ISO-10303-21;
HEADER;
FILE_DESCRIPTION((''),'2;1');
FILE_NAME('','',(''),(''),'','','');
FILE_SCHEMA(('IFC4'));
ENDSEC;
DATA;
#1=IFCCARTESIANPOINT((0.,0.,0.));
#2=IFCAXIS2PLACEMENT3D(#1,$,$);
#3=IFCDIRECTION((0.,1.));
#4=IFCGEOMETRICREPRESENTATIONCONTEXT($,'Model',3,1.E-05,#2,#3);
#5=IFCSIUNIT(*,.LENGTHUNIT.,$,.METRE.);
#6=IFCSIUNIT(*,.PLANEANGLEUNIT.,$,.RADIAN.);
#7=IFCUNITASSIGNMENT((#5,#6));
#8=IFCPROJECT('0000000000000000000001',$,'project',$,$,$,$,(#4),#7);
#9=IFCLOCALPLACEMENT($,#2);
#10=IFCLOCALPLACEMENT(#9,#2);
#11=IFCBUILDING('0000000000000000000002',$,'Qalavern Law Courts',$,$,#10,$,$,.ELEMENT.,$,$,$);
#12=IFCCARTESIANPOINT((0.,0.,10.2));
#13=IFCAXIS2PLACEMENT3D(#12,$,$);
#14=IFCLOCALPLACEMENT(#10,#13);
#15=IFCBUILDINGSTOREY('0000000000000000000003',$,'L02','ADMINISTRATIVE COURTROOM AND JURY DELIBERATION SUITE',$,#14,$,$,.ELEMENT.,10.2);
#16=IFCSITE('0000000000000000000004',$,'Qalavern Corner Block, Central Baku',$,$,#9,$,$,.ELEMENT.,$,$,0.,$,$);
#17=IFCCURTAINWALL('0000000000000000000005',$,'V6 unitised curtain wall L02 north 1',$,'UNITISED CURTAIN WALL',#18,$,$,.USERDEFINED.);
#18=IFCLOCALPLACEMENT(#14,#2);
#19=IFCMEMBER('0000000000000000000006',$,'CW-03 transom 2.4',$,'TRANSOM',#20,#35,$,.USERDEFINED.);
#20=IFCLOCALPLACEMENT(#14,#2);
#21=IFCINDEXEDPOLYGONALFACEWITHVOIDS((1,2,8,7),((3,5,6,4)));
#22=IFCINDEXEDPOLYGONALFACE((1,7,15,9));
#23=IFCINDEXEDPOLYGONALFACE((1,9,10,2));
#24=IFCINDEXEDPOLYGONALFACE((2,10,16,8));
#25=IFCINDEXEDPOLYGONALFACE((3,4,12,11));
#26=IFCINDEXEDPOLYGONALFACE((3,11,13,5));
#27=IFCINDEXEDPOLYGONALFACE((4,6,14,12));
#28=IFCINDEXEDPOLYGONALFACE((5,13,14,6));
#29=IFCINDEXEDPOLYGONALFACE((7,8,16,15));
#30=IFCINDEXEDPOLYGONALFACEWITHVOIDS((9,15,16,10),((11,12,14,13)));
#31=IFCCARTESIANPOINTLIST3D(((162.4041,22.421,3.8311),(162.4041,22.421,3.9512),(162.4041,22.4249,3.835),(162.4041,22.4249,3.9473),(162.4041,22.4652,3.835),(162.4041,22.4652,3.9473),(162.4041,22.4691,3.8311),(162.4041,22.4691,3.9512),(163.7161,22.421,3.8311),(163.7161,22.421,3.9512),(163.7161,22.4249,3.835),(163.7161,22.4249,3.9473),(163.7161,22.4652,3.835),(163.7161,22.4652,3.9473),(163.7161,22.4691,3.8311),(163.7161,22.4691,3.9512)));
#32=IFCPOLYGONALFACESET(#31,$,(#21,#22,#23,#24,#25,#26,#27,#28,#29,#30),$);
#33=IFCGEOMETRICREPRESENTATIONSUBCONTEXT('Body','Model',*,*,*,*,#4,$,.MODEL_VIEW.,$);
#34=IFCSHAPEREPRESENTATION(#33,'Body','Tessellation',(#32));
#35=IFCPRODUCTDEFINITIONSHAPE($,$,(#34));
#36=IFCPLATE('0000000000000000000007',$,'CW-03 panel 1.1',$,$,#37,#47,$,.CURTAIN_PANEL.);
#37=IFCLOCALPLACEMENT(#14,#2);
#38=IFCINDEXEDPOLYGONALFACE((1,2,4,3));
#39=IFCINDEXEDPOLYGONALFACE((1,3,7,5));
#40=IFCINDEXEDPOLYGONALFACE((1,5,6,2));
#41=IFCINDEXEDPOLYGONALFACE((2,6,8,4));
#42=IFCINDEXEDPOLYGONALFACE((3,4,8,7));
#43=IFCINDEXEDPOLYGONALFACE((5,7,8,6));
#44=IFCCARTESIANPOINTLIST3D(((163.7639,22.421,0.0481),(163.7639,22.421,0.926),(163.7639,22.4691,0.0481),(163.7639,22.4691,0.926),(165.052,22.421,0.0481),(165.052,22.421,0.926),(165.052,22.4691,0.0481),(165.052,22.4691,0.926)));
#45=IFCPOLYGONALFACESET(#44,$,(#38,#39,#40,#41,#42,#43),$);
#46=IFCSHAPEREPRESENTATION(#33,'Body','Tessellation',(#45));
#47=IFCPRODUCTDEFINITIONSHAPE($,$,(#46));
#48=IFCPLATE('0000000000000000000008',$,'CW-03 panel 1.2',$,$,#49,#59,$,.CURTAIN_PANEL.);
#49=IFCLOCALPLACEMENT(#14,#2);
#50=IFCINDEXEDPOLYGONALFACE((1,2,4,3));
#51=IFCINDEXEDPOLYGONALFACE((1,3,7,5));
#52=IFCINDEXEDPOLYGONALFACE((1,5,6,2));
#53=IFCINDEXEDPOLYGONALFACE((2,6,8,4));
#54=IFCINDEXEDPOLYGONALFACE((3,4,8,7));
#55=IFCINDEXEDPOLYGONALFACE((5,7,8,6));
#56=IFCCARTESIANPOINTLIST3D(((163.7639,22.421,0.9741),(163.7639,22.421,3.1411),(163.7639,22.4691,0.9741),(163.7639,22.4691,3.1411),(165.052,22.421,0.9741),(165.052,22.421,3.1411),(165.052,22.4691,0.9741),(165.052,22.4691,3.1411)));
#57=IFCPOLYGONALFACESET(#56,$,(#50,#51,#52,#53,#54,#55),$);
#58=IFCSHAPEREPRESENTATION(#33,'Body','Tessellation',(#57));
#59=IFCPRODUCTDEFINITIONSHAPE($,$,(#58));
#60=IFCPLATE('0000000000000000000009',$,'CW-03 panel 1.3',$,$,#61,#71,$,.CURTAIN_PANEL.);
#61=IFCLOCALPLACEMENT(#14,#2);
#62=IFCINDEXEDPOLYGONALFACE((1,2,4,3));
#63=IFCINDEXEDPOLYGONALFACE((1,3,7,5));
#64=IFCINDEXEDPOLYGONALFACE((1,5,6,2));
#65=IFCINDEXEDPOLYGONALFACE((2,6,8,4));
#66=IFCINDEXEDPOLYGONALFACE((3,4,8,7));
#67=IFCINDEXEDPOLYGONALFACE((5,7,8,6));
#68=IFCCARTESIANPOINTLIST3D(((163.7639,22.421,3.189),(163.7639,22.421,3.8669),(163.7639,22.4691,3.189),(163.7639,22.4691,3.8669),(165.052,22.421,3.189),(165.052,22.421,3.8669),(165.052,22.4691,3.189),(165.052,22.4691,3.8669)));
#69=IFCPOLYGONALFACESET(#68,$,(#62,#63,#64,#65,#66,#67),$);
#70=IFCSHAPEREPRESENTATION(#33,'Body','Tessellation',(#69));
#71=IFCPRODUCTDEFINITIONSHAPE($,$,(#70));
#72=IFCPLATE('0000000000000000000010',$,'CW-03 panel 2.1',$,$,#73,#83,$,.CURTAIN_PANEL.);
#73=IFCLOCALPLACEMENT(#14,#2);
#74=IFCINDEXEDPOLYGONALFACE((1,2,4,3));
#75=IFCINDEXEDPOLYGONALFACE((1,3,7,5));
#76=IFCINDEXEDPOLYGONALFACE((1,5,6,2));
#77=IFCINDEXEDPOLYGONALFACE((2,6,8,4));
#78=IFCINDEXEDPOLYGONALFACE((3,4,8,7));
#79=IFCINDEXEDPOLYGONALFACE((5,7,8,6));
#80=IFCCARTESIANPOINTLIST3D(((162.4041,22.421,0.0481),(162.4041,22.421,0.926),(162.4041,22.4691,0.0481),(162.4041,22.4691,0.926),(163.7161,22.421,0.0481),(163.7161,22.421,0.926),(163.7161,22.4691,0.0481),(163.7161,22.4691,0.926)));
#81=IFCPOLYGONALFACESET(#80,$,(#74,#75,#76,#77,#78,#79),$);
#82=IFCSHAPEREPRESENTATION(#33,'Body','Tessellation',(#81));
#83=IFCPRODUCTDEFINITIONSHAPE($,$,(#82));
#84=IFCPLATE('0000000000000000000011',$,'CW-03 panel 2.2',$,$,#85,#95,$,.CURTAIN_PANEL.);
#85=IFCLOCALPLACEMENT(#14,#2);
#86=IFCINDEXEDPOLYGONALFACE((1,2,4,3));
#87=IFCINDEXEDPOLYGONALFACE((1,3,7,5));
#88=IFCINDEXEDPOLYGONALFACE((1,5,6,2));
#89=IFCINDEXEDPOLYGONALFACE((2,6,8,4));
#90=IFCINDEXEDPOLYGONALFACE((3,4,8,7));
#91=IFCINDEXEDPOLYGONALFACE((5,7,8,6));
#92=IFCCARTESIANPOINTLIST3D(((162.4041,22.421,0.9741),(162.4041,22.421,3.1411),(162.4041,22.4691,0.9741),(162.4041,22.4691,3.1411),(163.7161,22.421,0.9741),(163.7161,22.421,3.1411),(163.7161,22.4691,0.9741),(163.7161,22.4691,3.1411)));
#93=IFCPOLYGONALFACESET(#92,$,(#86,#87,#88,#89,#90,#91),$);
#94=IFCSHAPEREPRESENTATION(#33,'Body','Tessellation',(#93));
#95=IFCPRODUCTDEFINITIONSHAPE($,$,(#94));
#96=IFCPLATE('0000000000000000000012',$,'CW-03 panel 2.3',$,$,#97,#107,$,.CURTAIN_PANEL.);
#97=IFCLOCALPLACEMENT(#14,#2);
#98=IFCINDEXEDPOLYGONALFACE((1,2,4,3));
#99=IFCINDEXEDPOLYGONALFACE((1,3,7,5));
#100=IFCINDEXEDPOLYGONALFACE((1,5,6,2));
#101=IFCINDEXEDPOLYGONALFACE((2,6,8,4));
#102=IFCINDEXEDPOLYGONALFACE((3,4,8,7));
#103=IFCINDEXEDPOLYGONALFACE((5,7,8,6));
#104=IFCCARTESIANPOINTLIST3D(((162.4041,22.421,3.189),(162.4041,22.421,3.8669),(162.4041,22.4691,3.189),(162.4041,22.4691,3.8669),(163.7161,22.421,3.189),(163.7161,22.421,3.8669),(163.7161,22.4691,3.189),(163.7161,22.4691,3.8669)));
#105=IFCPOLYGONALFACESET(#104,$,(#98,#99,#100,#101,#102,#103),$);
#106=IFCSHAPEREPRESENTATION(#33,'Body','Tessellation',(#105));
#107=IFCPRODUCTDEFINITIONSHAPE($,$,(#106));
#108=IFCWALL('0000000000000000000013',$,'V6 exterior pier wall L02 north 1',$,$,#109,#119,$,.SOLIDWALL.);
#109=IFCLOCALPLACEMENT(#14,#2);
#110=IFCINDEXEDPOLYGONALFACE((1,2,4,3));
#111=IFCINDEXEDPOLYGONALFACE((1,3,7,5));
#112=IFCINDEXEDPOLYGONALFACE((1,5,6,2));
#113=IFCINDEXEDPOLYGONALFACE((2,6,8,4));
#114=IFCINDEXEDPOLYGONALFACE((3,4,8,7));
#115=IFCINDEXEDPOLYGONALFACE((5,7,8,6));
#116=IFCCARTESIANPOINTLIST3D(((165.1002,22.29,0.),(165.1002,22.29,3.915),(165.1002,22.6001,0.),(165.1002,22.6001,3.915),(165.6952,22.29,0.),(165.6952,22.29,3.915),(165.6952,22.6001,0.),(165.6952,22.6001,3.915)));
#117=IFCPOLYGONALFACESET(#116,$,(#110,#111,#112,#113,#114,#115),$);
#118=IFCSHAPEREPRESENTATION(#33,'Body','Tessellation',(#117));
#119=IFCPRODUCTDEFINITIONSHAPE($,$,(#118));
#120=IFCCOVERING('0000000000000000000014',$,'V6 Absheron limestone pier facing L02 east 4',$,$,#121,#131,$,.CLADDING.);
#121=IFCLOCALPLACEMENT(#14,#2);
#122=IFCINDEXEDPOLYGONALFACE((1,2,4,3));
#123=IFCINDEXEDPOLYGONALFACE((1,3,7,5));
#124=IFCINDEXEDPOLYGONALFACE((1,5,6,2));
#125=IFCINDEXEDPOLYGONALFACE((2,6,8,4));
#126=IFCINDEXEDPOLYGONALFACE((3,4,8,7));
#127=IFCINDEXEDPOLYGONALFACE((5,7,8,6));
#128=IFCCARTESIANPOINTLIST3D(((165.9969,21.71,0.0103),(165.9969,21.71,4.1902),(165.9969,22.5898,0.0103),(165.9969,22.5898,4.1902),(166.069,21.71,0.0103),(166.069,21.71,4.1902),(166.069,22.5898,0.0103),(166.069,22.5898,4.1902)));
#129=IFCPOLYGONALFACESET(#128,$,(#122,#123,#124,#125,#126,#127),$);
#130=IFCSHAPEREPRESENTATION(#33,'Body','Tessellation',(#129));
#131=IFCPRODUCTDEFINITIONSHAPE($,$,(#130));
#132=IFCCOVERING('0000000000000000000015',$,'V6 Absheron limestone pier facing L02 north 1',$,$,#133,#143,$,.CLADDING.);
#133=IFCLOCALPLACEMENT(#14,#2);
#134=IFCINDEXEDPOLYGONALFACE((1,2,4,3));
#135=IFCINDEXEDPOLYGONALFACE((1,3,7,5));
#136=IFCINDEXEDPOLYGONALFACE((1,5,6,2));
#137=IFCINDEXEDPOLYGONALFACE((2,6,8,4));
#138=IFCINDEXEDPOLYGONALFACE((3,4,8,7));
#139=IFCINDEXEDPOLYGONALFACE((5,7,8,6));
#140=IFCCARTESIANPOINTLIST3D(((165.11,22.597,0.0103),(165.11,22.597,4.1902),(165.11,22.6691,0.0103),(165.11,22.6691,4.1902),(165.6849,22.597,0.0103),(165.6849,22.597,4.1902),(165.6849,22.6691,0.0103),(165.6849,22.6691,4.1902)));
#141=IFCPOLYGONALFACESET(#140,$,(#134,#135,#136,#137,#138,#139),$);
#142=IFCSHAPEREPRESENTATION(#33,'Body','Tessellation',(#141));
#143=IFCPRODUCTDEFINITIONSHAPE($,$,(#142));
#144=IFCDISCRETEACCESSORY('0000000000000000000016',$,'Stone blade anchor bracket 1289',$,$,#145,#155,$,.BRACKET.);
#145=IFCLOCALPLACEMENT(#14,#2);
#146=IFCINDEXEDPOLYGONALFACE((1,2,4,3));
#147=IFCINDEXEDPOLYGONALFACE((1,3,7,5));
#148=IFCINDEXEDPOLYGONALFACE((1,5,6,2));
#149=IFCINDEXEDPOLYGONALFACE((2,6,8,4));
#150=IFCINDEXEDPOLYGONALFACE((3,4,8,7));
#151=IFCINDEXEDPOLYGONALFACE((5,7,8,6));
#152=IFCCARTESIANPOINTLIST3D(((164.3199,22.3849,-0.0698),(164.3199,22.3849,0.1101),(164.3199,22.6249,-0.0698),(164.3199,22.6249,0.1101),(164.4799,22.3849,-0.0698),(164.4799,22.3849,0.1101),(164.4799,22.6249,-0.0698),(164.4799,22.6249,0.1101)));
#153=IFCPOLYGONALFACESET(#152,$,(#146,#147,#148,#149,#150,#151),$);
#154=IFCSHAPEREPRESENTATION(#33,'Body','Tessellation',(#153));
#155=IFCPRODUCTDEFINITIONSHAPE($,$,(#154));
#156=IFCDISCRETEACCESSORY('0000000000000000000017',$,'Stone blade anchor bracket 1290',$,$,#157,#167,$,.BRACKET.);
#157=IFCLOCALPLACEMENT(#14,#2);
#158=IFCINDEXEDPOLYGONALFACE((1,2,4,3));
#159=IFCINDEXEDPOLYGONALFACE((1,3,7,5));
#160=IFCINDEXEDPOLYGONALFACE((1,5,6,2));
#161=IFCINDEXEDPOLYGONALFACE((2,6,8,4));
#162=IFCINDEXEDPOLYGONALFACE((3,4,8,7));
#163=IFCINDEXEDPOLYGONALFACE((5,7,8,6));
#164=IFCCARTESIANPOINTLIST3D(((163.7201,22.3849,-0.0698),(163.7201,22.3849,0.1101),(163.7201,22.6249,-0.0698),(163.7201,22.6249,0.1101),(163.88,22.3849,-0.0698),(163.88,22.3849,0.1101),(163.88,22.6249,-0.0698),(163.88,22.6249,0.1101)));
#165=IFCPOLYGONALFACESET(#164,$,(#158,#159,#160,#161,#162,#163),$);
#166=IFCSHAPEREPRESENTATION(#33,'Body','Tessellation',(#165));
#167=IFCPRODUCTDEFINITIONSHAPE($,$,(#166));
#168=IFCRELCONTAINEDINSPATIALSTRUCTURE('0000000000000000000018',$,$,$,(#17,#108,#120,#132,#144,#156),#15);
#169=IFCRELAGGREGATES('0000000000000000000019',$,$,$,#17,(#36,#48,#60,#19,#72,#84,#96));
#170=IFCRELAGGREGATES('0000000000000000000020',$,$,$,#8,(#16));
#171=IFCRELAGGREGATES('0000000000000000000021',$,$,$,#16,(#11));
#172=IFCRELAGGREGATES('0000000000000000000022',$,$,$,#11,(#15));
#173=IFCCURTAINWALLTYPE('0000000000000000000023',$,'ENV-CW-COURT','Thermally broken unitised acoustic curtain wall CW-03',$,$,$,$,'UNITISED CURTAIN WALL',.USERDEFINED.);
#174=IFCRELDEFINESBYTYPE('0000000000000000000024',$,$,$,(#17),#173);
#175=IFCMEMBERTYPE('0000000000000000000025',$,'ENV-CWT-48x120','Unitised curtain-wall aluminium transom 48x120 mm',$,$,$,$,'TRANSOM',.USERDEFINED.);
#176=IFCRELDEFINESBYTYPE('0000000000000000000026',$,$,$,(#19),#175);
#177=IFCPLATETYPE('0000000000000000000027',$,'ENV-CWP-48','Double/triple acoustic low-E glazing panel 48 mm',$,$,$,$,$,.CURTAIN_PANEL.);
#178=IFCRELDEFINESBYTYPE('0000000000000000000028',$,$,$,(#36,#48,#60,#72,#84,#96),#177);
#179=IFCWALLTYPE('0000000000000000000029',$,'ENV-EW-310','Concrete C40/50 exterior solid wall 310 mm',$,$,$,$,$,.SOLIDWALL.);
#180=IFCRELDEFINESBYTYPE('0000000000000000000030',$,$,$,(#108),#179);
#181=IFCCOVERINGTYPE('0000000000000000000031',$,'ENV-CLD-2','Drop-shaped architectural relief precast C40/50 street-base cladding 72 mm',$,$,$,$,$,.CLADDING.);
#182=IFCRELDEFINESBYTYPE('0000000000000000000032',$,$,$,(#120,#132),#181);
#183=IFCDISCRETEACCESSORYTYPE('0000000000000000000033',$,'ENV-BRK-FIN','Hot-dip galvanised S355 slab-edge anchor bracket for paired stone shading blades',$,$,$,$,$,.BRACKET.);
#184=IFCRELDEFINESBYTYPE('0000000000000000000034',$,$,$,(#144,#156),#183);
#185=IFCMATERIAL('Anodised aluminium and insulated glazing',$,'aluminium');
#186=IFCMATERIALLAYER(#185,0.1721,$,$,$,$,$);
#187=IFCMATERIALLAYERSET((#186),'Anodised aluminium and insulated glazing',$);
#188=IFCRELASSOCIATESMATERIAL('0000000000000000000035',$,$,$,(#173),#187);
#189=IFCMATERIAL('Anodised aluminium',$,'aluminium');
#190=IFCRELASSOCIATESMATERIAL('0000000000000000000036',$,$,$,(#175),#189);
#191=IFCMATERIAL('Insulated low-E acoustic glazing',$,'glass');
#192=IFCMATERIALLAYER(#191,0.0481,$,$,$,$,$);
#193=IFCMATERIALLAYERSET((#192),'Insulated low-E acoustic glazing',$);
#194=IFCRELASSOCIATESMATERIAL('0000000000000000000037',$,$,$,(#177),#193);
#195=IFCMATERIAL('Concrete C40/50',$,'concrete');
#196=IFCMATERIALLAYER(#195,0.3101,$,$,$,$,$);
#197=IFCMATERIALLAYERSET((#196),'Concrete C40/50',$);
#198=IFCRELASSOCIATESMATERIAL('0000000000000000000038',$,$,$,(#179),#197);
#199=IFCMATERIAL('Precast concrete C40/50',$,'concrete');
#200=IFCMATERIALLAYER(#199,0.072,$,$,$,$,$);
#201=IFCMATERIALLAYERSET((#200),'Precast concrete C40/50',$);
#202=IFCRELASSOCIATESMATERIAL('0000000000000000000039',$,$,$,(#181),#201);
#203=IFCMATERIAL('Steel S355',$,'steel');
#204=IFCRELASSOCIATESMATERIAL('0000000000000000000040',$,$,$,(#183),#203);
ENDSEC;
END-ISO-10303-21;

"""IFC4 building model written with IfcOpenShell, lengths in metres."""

from ifc_helpers import new_model, si_unit, direction, frame, frame_2d, origin, origin_2d, place, context, subcontext, project, spatial, rectangle, hollow_rectangle, extrude, material, layer, layer_set, material_profile, profile_set, type_object, element, aggregate, save


model = new_model("IFC4")

# Units and contexts
model_context = context("Model", 3, precision=1e-05, world=origin(), true_north=direction((0.0, 1.0)))
body_context = subcontext(model_context, "Body", "Model", "MODEL_VIEW")
ifc_project = project(units=[si_unit("LENGTHUNIT", "METRE"), si_unit("PLANEANGLEUNIT", "RADIAN")], contexts=[model_context])

# Site, building, storey
site_placement = place(None, origin())
site = spatial("IfcSite", under=ifc_project, at=site_placement, Name="Qalavern Corner Block, Central Baku", CompositionType="ELEMENT", RefElevation=0.0)
building_placement = place(site_placement, origin())
building = spatial("IfcBuilding", under=site, at=building_placement, Name="Qalavern Law Courts", CompositionType="ELEMENT")
storey_placement = place(building_placement, frame((0.0, 0.0, 10.2)))
storey = spatial("IfcBuildingStorey", under=building, at=storey_placement, Name="L02", Description="ADMINISTRATIVE COURTROOM AND JURY DELIBERATION SUITE", CompositionType="ELEMENT", Elevation=10.2)

# Curtain wall, member, plates
ifc_material_1 = material(Name="Anodised aluminium and insulated glazing", Category="aluminium")
ifc_layer_1 = layer(ifc_material_1, 0.1721)
ifc_layer_set_1 = layer_set([ifc_layer_1], Name="Anodised aluminium and insulated glazing")
curtain_wall_type = type_object("IfcCurtainWallType", Name="ENV-CW-COURT", Description="Thermally broken unitised acoustic curtain wall CW-03", ElementType="UNITISED CURTAIN WALL", PredefinedType="USERDEFINED", material=ifc_layer_set_1)
curtain_wall_placement = place(storey_placement, origin())
curtain_wall = element("IfcCurtainWall", 1, at=curtain_wall_placement, inside=storey, type_object=curtain_wall_type, Name="V6 unitised curtain wall L02 north 1", ObjectType="UNITISED CURTAIN WALL", PredefinedType="USERDEFINED")
ifc_material_2 = material(Name="Anodised aluminium", Category="aluminium")
ifc_material_profile_1 = material_profile(ifc_material_2, hollow_rectangle(XDim=0.0481, YDim=0.1201, WallThickness=0.0039, at=origin_2d()), Name="ALU TRANSOM 48x120")
ifc_profile_set_1 = profile_set([ifc_material_profile_1], Name="Anodised aluminium")
member_type_1 = type_object("IfcMemberType", Name="ENV-CWT-48x120", Description="Unitised curtain-wall aluminium transom 48x120 mm", ElementType="TRANSOM", PredefinedType="USERDEFINED", material=ifc_profile_set_1)
member_1_placement = place(storey_placement, frame((163.7161, 22.4451, 3.8911), z_axis=(-1.0, 0.0, 0.0), x_axis=(0.0, -1.0, 0.0)))
member_1 = element("IfcMember", 2, at=member_1_placement, type_object=member_type_1, Name="CW-03 transom 2.4", ObjectType="TRANSOM", PredefinedType="USERDEFINED", context=body_context, shape_type="SweptSolid", body=[
    extrude(hollow_rectangle(XDim=0.0481, YDim=0.1201, WallThickness=0.0039, at=origin_2d()), origin(), (0.0, 0.0, 1.0), 1.312),
])
ifc_material_3 = material(Name="Insulated low-E acoustic glazing", Category="glass")
ifc_layer_2 = layer(ifc_material_3, 0.0481)
ifc_layer_set_2 = layer_set([ifc_layer_2], Name="Insulated low-E acoustic glazing")
plate_type = type_object("IfcPlateType", Name="ENV-CWP-48", Description="Double/triple acoustic low-E glazing panel 48 mm", PredefinedType="CURTAIN_PANEL", material=ifc_layer_set_2)
plate_1_placement = place(storey_placement, frame((164.408, 22.4451, 0.0481), z_axis=(0.0, 0.0, 1.0), x_axis=(-1.0, 0.0, 0.0)))
plate_1 = element("IfcPlate", 3, at=plate_1_placement, type_object=plate_type, Name="CW-03 panel 1.1", PredefinedType="CURTAIN_PANEL", context=body_context, shape_type="SweptSolid", body=[
    extrude(rectangle(XDim=1.2881, YDim=0.0481, at=origin_2d()), origin(), (0.0, 0.0, 1.0), 0.8779),
])
plate_2_placement = place(storey_placement, frame((164.408, 22.4451, 0.9741), z_axis=(0.0, 0.0, 1.0), x_axis=(-1.0, 0.0, 0.0)))
plate_2 = element("IfcPlate", 4, at=plate_2_placement, type_object=plate_type, Name="CW-03 panel 1.2", PredefinedType="CURTAIN_PANEL", context=body_context, shape_type="SweptSolid", body=[
    extrude(rectangle(XDim=1.2881, YDim=0.0481, at=origin_2d()), origin(), (0.0, 0.0, 1.0), 2.167),
])
plate_3_placement = place(storey_placement, frame((164.408, 22.4451, 3.189), z_axis=(0.0, 0.0, 1.0), x_axis=(-1.0, 0.0, 0.0)))
plate_3 = element("IfcPlate", 5, at=plate_3_placement, type_object=plate_type, Name="CW-03 panel 1.3", PredefinedType="CURTAIN_PANEL", context=body_context, shape_type="SweptSolid", body=[
    extrude(rectangle(XDim=1.2881, YDim=0.0481, at=origin_2d()), origin(), (0.0, 0.0, 1.0), 0.678),
])
plate_4_placement = place(storey_placement, frame((163.0601, 22.4451, 0.0481), z_axis=(0.0, 0.0, 1.0), x_axis=(-1.0, 0.0, 0.0)))
plate_4 = element("IfcPlate", 6, at=plate_4_placement, type_object=plate_type, Name="CW-03 panel 2.1", PredefinedType="CURTAIN_PANEL", context=body_context, shape_type="SweptSolid", body=[
    extrude(rectangle(XDim=1.312, YDim=0.0481, at=origin_2d()), origin(), (0.0, 0.0, 1.0), 0.8779),
])
plate_5_placement = place(storey_placement, frame((163.0601, 22.4451, 0.9741), z_axis=(0.0, 0.0, 1.0), x_axis=(-1.0, 0.0, 0.0)))
plate_5 = element("IfcPlate", 7, at=plate_5_placement, type_object=plate_type, Name="CW-03 panel 2.2", PredefinedType="CURTAIN_PANEL", context=body_context, shape_type="SweptSolid", body=[
    extrude(rectangle(XDim=1.312, YDim=0.0481, at=origin_2d()), origin(), (0.0, 0.0, 1.0), 2.167),
])
plate_6_placement = place(storey_placement, frame((163.0601, 22.4451, 3.189), z_axis=(0.0, 0.0, 1.0), x_axis=(-1.0, 0.0, 0.0)))
plate_6 = element("IfcPlate", 8, at=plate_6_placement, type_object=plate_type, Name="CW-03 panel 2.3", PredefinedType="CURTAIN_PANEL", context=body_context, shape_type="SweptSolid", body=[
    extrude(rectangle(XDim=1.312, YDim=0.0481, at=origin_2d()), origin(), (0.0, 0.0, 1.0), 0.678),
])
aggregate(curtain_wall, [plate_1, plate_2, plate_3, member_1, plate_4, plate_5, plate_6])

# Wall
ifc_material_4 = material(Name="Concrete C40/50", Category="concrete")
ifc_layer_3 = layer(ifc_material_4, 0.3101)
ifc_layer_set_3 = layer_set([ifc_layer_3], Name="Concrete C40/50")
wall_type = type_object("IfcWallType", Name="ENV-EW-310", Description="Concrete C40/50 exterior solid wall 310 mm", PredefinedType="SOLIDWALL", material=ifc_layer_set_3)
wall_placement = place(storey_placement, frame((165.6951, 22.4451, 0.0), z_axis=(0.0, 0.0, 1.0), x_axis=(-1.0, 0.0, 0.0)))
element("IfcWall", 9, at=wall_placement, inside=storey, type_object=wall_type, Name="V6 exterior pier wall L02 north 1", PredefinedType="SOLIDWALL", context=body_context, shape_type="SweptSolid", body=[
    extrude(rectangle(XDim=0.595, YDim=0.3101, at=frame_2d((0.2974, 0.0))), origin(), (0.0, 0.0, 1.0), 3.915),
])

# Coverings
ifc_material_5 = material(Name="Precast concrete C40/50", Category="concrete")
ifc_layer_4 = layer(ifc_material_5, 0.072)
ifc_layer_set_4 = layer_set([ifc_layer_4], Name="Precast concrete C40/50")
covering_type = type_object("IfcCoveringType", Name="ENV-CLD-2", Description="Drop-shaped architectural relief precast C40/50 street-base cladding 72 mm", PredefinedType="CLADDING", material=ifc_layer_set_4)
covering_1_placement = place(storey_placement, frame((166.033, 22.1499, 0.0103), z_axis=(0.0, 0.0, 1.0), x_axis=(0.0, 1.0, 0.0)))
element("IfcCovering", 10, at=covering_1_placement, inside=storey, type_object=covering_type, Name="V6 Absheron limestone pier facing L02 east 4", PredefinedType="CLADDING", context=body_context, shape_type="SweptSolid", body=[
    extrude(rectangle(XDim=0.8799, YDim=0.072, at=origin_2d()), origin(), (0.0, 0.0, 1.0), 4.1799),
])
covering_2_placement = place(storey_placement, frame((165.3975, 22.6331, 0.0103), z_axis=(0.0, 0.0, 1.0), x_axis=(-1.0, 0.0, 0.0)))
element("IfcCovering", 11, at=covering_2_placement, inside=storey, type_object=covering_type, Name="V6 Absheron limestone pier facing L02 north 1", PredefinedType="CLADDING", context=body_context, shape_type="SweptSolid", body=[
    extrude(rectangle(XDim=0.575, YDim=0.072, at=origin_2d()), origin(), (0.0, 0.0, 1.0), 4.1799),
])

# Discrete accessories
ifc_material_6 = material(Name="Steel S355", Category="steel")
discrete_accessory_type = type_object("IfcDiscreteAccessoryType", Name="ENV-BRK-FIN", Description="Hot-dip galvanised S355 slab-edge anchor bracket for paired stone shading blades", PredefinedType="BRACKET", material=ifc_material_6)
for number, where, z_axis, x_axis, name in (
    (12, (164.3999, 22.5049, -0.0698), (0.0, 0.0, 1.0), (0.0, 1.0, 0.0), "Stone blade anchor bracket 1289"),
    (13, (163.8, 22.5049, -0.0698), (0.0, 0.0, 1.0), (0.0, 1.0, 0.0), "Stone blade anchor bracket 1290"),
):
    element("IfcDiscreteAccessory", number, at=place(storey_placement, frame(where, z_axis=z_axis, x_axis=x_axis)), inside=storey, type_object=discrete_accessory_type, Name=name, PredefinedType="BRACKET", context=body_context, shape_type="SweptSolid", body=[
        extrude(rectangle(XDim=0.24, YDim=0.1599, at=origin_2d()), origin(), (0.0, 0.0, 1.0), 0.1799),
    ])

save(model, "model.ifc")
